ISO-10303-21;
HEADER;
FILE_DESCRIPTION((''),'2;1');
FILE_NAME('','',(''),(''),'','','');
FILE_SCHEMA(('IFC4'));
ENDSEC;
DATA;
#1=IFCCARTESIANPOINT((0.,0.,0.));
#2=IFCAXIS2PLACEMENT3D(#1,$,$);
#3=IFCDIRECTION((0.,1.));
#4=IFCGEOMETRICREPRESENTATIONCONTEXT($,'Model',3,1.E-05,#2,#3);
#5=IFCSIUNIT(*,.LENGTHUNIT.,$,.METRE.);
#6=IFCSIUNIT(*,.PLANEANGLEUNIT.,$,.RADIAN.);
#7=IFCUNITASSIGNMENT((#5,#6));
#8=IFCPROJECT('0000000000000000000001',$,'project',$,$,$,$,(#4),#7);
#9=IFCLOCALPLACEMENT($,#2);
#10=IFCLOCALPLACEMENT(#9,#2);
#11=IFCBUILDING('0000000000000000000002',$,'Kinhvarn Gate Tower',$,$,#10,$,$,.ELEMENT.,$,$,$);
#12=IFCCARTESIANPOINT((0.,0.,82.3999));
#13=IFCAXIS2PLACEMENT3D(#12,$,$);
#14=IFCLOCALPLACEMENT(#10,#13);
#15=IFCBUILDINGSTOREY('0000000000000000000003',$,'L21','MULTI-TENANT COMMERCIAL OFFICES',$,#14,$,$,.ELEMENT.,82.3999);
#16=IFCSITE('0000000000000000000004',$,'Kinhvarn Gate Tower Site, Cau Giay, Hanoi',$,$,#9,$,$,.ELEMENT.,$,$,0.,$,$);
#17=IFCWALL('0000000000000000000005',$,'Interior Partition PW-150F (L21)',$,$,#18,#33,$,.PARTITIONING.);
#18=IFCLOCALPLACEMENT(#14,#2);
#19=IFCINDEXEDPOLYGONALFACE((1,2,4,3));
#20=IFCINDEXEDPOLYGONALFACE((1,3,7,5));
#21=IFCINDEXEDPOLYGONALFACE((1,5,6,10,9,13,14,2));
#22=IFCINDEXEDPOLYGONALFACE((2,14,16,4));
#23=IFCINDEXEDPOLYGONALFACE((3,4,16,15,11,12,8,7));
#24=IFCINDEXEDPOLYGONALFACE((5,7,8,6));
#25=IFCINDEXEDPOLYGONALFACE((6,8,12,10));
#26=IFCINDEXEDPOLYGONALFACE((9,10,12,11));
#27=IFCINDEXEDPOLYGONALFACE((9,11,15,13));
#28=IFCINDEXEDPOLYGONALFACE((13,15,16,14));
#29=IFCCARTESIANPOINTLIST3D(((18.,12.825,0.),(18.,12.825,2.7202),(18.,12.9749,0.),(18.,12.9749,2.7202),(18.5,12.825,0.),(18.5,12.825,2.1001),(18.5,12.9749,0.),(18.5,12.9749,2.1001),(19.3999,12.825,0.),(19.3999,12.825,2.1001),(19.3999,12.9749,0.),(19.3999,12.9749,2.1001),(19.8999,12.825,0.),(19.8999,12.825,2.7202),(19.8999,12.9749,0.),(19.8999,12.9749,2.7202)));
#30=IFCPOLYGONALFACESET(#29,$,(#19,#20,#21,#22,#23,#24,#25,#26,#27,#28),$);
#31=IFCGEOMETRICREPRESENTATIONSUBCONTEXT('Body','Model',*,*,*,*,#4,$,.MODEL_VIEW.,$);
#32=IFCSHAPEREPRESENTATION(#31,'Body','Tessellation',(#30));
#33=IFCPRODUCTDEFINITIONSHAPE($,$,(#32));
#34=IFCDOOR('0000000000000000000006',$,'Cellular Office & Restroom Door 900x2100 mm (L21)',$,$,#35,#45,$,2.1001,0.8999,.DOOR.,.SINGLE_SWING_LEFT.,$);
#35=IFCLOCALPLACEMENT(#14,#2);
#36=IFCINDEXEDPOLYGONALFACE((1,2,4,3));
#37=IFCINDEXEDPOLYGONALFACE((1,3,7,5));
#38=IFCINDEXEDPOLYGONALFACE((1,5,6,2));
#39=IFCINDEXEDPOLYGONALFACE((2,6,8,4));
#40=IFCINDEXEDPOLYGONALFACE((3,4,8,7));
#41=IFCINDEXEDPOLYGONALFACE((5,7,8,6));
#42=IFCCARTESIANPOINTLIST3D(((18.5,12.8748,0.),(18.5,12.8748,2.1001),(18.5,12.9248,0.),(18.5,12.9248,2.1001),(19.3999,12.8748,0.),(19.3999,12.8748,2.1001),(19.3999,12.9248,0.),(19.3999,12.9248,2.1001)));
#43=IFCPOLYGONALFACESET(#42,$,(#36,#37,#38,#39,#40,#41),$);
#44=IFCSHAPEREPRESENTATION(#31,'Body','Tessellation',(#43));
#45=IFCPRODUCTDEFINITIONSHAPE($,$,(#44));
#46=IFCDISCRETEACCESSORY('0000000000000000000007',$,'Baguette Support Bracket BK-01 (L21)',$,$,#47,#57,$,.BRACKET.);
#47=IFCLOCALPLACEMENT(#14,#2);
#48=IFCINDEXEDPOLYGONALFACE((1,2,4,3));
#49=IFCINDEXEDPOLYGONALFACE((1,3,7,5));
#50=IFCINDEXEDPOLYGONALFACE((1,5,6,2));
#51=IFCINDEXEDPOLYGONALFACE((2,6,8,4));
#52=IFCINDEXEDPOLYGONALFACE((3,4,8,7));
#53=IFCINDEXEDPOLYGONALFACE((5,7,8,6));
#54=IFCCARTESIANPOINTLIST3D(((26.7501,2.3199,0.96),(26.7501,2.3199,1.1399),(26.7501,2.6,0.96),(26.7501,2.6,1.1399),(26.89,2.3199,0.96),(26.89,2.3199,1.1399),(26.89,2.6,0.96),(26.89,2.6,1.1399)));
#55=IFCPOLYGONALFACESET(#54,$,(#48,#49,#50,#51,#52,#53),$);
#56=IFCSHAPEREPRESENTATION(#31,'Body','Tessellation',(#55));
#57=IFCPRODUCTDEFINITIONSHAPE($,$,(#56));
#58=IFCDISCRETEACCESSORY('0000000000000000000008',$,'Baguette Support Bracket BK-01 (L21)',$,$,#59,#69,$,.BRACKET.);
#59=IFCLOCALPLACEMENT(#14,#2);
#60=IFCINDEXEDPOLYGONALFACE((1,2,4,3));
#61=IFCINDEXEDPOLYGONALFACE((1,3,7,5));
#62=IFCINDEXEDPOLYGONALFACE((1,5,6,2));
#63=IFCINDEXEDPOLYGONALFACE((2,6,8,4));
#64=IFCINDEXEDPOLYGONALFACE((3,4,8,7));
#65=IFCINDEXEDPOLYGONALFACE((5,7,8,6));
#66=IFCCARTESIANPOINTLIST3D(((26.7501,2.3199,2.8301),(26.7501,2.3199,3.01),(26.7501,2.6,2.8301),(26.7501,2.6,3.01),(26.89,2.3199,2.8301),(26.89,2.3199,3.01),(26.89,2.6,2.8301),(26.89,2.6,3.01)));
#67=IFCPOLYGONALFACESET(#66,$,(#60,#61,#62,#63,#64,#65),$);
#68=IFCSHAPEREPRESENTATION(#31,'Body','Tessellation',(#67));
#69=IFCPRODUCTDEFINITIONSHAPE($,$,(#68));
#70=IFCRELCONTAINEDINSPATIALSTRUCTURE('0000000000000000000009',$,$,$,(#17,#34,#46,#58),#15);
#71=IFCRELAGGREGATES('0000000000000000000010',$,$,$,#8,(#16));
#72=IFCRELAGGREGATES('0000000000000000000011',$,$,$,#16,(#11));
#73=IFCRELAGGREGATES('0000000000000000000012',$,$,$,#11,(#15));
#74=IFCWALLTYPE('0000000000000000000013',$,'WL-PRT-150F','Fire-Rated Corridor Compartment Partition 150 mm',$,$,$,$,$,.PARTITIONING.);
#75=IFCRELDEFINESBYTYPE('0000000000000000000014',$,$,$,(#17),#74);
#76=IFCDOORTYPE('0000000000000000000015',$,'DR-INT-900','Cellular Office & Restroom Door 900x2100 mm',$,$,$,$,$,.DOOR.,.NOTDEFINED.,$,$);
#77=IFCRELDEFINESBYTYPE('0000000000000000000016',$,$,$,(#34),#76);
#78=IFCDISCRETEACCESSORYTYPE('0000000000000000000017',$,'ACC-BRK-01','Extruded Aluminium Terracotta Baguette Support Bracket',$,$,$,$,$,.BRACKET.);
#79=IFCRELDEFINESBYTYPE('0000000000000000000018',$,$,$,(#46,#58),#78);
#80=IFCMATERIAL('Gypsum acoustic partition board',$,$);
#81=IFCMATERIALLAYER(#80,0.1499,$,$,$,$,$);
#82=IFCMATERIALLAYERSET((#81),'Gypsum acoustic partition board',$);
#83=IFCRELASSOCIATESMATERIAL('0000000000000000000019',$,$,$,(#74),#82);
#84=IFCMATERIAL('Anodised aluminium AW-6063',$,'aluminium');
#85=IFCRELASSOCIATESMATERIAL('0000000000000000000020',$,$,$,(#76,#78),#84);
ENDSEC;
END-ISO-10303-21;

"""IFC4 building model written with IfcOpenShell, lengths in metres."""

from ifc_helpers import new_model, si_unit, direction, frame, frame_2d, origin, origin_2d, place, context, subcontext, project, spatial, rectangle, extrude, material, layer, layer_set, type_object, element, fill, save


model = new_model("IFC4")

# Units and contexts
model_context = context("Model", 3, precision=1e-05, world=origin(), true_north=direction((0.0, 1.0)))
body_context = subcontext(model_context, "Body", "Model", "MODEL_VIEW")
ifc_project = project(units=[si_unit("LENGTHUNIT", "METRE"), si_unit("PLANEANGLEUNIT", "RADIAN")], contexts=[model_context])

# Site, building, storey
site_placement = place(None, origin())
site = spatial("IfcSite", under=ifc_project, at=site_placement, Name="Kinhvarn Gate Tower Site, Cau Giay, Hanoi", CompositionType="ELEMENT", RefElevation=0.0)
building_placement = place(site_placement, origin())
building = spatial("IfcBuilding", under=site, at=building_placement, Name="Kinhvarn Gate Tower", CompositionType="ELEMENT")
storey_placement = place(building_placement, frame((0.0, 0.0, 82.3999)))
storey = spatial("IfcBuildingStorey", under=building, at=storey_placement, Name="L21", Description="MULTI-TENANT COMMERCIAL OFFICES", CompositionType="ELEMENT", Elevation=82.3999)

# Shared definitions
ifc_material_1 = material(Name="Anodised aluminium AW-6063", Category="aluminium")

# Shared definitions
ifc_material_2 = material(Name="Gypsum acoustic partition board")

# Wall, opening, door
ifc_layer_1 = layer(ifc_material_2, 0.1499)
ifc_layer_set_1 = layer_set([ifc_layer_1], Name="Gypsum acoustic partition board")
wall_type_1 = type_object("IfcWallType", Name="WL-PRT-150F", Description="Fire-Rated Corridor Compartment Partition 150 mm", PredefinedType="PARTITIONING", material=ifc_layer_set_1)
wall_placement = place(storey_placement, frame((18.0, 12.8999, 0.0), z_axis=(0.0, 0.0, 1.0), x_axis=(1.0, 0.0, 0.0)))
wall = element("IfcWall", 1, at=wall_placement, inside=storey, type_object=wall_type_1, Name="Interior Partition PW-150F (L21)", PredefinedType="PARTITIONING", context=body_context, shape_type="SweptSolid", body=[
    extrude(rectangle(XDim=1.8999, YDim=0.1499, at=frame_2d((0.95, 0.0))), origin(), (0.0, 0.0, 1.0), 2.7202),
])
opening_placement = place(wall_placement, frame((0.5, 0.0, 0.0)))
opening = element("IfcOpeningElement", 2, at=opening_placement, cuts=wall, PredefinedType="OPENING", context=body_context, shape_type="SweptSolid", body=[
    extrude(rectangle(XDim=0.8999, YDim=2.1001, at=frame_2d((0.45, 1.05))), frame((0.0, 0.085, 0.0), z_axis=(0.0, -1.0, 0.0), x_axis=(1.0, 0.0, 0.0)), (0.0, 0.0, 1.0), 0.1699),
])
door_type = type_object("IfcDoorType", Name="DR-INT-900", Description="Cellular Office & Restroom Door 900x2100 mm", OperationType="NOTDEFINED", PredefinedType="DOOR", material=ifc_material_1)
door_placement = place(opening_placement, origin())
door = element("IfcDoor", 3, at=door_placement, inside=storey, type_object=door_type, Name="Cellular Office & Restroom Door 900x2100 mm (L21)", OperationType="SINGLE_SWING_LEFT", OverallHeight=2.1001, OverallWidth=0.8999, PredefinedType="DOOR", context=body_context, shape_type="SweptSolid", body=[
    extrude(rectangle(XDim=0.8999, YDim=2.1001, at=frame_2d((0.45, 1.05))), frame((0.0, 0.0249, 0.0), z_axis=(0.0, -1.0, 0.0), x_axis=(1.0, 0.0, 0.0)), (0.0, 0.0, 1.0), 0.05),
])
fill(opening, door)

# Discrete accessories
discrete_accessory_type = type_object("IfcDiscreteAccessoryType", Name="ACC-BRK-01", Description="Extruded Aluminium Terracotta Baguette Support Bracket", PredefinedType="BRACKET", material=ifc_material_1)
for number, where, z_axis, x_axis, name in (
    (4, (26.8201, 2.46, 0.96), (0.0, 0.0, 1.0), (1.0, 0.0, 0.0), "Baguette Support Bracket BK-01 (L21)"),
    (5, (26.8201, 2.46, 2.8301), (0.0, 0.0, 1.0), (1.0, 0.0, 0.0), "Baguette Support Bracket BK-01 (L21)"),
):
    element("IfcDiscreteAccessory", number, at=place(storey_placement, frame(where, z_axis=z_axis, x_axis=x_axis)), inside=storey, type_object=discrete_accessory_type, Name=name, PredefinedType="BRACKET", context=body_context, shape_type="SweptSolid", body=[
        extrude(rectangle(XDim=0.1399, YDim=0.28, at=origin_2d()), origin(), (0.0, 0.0, 1.0), 0.1799),
    ])

save(model, "model.ifc")
